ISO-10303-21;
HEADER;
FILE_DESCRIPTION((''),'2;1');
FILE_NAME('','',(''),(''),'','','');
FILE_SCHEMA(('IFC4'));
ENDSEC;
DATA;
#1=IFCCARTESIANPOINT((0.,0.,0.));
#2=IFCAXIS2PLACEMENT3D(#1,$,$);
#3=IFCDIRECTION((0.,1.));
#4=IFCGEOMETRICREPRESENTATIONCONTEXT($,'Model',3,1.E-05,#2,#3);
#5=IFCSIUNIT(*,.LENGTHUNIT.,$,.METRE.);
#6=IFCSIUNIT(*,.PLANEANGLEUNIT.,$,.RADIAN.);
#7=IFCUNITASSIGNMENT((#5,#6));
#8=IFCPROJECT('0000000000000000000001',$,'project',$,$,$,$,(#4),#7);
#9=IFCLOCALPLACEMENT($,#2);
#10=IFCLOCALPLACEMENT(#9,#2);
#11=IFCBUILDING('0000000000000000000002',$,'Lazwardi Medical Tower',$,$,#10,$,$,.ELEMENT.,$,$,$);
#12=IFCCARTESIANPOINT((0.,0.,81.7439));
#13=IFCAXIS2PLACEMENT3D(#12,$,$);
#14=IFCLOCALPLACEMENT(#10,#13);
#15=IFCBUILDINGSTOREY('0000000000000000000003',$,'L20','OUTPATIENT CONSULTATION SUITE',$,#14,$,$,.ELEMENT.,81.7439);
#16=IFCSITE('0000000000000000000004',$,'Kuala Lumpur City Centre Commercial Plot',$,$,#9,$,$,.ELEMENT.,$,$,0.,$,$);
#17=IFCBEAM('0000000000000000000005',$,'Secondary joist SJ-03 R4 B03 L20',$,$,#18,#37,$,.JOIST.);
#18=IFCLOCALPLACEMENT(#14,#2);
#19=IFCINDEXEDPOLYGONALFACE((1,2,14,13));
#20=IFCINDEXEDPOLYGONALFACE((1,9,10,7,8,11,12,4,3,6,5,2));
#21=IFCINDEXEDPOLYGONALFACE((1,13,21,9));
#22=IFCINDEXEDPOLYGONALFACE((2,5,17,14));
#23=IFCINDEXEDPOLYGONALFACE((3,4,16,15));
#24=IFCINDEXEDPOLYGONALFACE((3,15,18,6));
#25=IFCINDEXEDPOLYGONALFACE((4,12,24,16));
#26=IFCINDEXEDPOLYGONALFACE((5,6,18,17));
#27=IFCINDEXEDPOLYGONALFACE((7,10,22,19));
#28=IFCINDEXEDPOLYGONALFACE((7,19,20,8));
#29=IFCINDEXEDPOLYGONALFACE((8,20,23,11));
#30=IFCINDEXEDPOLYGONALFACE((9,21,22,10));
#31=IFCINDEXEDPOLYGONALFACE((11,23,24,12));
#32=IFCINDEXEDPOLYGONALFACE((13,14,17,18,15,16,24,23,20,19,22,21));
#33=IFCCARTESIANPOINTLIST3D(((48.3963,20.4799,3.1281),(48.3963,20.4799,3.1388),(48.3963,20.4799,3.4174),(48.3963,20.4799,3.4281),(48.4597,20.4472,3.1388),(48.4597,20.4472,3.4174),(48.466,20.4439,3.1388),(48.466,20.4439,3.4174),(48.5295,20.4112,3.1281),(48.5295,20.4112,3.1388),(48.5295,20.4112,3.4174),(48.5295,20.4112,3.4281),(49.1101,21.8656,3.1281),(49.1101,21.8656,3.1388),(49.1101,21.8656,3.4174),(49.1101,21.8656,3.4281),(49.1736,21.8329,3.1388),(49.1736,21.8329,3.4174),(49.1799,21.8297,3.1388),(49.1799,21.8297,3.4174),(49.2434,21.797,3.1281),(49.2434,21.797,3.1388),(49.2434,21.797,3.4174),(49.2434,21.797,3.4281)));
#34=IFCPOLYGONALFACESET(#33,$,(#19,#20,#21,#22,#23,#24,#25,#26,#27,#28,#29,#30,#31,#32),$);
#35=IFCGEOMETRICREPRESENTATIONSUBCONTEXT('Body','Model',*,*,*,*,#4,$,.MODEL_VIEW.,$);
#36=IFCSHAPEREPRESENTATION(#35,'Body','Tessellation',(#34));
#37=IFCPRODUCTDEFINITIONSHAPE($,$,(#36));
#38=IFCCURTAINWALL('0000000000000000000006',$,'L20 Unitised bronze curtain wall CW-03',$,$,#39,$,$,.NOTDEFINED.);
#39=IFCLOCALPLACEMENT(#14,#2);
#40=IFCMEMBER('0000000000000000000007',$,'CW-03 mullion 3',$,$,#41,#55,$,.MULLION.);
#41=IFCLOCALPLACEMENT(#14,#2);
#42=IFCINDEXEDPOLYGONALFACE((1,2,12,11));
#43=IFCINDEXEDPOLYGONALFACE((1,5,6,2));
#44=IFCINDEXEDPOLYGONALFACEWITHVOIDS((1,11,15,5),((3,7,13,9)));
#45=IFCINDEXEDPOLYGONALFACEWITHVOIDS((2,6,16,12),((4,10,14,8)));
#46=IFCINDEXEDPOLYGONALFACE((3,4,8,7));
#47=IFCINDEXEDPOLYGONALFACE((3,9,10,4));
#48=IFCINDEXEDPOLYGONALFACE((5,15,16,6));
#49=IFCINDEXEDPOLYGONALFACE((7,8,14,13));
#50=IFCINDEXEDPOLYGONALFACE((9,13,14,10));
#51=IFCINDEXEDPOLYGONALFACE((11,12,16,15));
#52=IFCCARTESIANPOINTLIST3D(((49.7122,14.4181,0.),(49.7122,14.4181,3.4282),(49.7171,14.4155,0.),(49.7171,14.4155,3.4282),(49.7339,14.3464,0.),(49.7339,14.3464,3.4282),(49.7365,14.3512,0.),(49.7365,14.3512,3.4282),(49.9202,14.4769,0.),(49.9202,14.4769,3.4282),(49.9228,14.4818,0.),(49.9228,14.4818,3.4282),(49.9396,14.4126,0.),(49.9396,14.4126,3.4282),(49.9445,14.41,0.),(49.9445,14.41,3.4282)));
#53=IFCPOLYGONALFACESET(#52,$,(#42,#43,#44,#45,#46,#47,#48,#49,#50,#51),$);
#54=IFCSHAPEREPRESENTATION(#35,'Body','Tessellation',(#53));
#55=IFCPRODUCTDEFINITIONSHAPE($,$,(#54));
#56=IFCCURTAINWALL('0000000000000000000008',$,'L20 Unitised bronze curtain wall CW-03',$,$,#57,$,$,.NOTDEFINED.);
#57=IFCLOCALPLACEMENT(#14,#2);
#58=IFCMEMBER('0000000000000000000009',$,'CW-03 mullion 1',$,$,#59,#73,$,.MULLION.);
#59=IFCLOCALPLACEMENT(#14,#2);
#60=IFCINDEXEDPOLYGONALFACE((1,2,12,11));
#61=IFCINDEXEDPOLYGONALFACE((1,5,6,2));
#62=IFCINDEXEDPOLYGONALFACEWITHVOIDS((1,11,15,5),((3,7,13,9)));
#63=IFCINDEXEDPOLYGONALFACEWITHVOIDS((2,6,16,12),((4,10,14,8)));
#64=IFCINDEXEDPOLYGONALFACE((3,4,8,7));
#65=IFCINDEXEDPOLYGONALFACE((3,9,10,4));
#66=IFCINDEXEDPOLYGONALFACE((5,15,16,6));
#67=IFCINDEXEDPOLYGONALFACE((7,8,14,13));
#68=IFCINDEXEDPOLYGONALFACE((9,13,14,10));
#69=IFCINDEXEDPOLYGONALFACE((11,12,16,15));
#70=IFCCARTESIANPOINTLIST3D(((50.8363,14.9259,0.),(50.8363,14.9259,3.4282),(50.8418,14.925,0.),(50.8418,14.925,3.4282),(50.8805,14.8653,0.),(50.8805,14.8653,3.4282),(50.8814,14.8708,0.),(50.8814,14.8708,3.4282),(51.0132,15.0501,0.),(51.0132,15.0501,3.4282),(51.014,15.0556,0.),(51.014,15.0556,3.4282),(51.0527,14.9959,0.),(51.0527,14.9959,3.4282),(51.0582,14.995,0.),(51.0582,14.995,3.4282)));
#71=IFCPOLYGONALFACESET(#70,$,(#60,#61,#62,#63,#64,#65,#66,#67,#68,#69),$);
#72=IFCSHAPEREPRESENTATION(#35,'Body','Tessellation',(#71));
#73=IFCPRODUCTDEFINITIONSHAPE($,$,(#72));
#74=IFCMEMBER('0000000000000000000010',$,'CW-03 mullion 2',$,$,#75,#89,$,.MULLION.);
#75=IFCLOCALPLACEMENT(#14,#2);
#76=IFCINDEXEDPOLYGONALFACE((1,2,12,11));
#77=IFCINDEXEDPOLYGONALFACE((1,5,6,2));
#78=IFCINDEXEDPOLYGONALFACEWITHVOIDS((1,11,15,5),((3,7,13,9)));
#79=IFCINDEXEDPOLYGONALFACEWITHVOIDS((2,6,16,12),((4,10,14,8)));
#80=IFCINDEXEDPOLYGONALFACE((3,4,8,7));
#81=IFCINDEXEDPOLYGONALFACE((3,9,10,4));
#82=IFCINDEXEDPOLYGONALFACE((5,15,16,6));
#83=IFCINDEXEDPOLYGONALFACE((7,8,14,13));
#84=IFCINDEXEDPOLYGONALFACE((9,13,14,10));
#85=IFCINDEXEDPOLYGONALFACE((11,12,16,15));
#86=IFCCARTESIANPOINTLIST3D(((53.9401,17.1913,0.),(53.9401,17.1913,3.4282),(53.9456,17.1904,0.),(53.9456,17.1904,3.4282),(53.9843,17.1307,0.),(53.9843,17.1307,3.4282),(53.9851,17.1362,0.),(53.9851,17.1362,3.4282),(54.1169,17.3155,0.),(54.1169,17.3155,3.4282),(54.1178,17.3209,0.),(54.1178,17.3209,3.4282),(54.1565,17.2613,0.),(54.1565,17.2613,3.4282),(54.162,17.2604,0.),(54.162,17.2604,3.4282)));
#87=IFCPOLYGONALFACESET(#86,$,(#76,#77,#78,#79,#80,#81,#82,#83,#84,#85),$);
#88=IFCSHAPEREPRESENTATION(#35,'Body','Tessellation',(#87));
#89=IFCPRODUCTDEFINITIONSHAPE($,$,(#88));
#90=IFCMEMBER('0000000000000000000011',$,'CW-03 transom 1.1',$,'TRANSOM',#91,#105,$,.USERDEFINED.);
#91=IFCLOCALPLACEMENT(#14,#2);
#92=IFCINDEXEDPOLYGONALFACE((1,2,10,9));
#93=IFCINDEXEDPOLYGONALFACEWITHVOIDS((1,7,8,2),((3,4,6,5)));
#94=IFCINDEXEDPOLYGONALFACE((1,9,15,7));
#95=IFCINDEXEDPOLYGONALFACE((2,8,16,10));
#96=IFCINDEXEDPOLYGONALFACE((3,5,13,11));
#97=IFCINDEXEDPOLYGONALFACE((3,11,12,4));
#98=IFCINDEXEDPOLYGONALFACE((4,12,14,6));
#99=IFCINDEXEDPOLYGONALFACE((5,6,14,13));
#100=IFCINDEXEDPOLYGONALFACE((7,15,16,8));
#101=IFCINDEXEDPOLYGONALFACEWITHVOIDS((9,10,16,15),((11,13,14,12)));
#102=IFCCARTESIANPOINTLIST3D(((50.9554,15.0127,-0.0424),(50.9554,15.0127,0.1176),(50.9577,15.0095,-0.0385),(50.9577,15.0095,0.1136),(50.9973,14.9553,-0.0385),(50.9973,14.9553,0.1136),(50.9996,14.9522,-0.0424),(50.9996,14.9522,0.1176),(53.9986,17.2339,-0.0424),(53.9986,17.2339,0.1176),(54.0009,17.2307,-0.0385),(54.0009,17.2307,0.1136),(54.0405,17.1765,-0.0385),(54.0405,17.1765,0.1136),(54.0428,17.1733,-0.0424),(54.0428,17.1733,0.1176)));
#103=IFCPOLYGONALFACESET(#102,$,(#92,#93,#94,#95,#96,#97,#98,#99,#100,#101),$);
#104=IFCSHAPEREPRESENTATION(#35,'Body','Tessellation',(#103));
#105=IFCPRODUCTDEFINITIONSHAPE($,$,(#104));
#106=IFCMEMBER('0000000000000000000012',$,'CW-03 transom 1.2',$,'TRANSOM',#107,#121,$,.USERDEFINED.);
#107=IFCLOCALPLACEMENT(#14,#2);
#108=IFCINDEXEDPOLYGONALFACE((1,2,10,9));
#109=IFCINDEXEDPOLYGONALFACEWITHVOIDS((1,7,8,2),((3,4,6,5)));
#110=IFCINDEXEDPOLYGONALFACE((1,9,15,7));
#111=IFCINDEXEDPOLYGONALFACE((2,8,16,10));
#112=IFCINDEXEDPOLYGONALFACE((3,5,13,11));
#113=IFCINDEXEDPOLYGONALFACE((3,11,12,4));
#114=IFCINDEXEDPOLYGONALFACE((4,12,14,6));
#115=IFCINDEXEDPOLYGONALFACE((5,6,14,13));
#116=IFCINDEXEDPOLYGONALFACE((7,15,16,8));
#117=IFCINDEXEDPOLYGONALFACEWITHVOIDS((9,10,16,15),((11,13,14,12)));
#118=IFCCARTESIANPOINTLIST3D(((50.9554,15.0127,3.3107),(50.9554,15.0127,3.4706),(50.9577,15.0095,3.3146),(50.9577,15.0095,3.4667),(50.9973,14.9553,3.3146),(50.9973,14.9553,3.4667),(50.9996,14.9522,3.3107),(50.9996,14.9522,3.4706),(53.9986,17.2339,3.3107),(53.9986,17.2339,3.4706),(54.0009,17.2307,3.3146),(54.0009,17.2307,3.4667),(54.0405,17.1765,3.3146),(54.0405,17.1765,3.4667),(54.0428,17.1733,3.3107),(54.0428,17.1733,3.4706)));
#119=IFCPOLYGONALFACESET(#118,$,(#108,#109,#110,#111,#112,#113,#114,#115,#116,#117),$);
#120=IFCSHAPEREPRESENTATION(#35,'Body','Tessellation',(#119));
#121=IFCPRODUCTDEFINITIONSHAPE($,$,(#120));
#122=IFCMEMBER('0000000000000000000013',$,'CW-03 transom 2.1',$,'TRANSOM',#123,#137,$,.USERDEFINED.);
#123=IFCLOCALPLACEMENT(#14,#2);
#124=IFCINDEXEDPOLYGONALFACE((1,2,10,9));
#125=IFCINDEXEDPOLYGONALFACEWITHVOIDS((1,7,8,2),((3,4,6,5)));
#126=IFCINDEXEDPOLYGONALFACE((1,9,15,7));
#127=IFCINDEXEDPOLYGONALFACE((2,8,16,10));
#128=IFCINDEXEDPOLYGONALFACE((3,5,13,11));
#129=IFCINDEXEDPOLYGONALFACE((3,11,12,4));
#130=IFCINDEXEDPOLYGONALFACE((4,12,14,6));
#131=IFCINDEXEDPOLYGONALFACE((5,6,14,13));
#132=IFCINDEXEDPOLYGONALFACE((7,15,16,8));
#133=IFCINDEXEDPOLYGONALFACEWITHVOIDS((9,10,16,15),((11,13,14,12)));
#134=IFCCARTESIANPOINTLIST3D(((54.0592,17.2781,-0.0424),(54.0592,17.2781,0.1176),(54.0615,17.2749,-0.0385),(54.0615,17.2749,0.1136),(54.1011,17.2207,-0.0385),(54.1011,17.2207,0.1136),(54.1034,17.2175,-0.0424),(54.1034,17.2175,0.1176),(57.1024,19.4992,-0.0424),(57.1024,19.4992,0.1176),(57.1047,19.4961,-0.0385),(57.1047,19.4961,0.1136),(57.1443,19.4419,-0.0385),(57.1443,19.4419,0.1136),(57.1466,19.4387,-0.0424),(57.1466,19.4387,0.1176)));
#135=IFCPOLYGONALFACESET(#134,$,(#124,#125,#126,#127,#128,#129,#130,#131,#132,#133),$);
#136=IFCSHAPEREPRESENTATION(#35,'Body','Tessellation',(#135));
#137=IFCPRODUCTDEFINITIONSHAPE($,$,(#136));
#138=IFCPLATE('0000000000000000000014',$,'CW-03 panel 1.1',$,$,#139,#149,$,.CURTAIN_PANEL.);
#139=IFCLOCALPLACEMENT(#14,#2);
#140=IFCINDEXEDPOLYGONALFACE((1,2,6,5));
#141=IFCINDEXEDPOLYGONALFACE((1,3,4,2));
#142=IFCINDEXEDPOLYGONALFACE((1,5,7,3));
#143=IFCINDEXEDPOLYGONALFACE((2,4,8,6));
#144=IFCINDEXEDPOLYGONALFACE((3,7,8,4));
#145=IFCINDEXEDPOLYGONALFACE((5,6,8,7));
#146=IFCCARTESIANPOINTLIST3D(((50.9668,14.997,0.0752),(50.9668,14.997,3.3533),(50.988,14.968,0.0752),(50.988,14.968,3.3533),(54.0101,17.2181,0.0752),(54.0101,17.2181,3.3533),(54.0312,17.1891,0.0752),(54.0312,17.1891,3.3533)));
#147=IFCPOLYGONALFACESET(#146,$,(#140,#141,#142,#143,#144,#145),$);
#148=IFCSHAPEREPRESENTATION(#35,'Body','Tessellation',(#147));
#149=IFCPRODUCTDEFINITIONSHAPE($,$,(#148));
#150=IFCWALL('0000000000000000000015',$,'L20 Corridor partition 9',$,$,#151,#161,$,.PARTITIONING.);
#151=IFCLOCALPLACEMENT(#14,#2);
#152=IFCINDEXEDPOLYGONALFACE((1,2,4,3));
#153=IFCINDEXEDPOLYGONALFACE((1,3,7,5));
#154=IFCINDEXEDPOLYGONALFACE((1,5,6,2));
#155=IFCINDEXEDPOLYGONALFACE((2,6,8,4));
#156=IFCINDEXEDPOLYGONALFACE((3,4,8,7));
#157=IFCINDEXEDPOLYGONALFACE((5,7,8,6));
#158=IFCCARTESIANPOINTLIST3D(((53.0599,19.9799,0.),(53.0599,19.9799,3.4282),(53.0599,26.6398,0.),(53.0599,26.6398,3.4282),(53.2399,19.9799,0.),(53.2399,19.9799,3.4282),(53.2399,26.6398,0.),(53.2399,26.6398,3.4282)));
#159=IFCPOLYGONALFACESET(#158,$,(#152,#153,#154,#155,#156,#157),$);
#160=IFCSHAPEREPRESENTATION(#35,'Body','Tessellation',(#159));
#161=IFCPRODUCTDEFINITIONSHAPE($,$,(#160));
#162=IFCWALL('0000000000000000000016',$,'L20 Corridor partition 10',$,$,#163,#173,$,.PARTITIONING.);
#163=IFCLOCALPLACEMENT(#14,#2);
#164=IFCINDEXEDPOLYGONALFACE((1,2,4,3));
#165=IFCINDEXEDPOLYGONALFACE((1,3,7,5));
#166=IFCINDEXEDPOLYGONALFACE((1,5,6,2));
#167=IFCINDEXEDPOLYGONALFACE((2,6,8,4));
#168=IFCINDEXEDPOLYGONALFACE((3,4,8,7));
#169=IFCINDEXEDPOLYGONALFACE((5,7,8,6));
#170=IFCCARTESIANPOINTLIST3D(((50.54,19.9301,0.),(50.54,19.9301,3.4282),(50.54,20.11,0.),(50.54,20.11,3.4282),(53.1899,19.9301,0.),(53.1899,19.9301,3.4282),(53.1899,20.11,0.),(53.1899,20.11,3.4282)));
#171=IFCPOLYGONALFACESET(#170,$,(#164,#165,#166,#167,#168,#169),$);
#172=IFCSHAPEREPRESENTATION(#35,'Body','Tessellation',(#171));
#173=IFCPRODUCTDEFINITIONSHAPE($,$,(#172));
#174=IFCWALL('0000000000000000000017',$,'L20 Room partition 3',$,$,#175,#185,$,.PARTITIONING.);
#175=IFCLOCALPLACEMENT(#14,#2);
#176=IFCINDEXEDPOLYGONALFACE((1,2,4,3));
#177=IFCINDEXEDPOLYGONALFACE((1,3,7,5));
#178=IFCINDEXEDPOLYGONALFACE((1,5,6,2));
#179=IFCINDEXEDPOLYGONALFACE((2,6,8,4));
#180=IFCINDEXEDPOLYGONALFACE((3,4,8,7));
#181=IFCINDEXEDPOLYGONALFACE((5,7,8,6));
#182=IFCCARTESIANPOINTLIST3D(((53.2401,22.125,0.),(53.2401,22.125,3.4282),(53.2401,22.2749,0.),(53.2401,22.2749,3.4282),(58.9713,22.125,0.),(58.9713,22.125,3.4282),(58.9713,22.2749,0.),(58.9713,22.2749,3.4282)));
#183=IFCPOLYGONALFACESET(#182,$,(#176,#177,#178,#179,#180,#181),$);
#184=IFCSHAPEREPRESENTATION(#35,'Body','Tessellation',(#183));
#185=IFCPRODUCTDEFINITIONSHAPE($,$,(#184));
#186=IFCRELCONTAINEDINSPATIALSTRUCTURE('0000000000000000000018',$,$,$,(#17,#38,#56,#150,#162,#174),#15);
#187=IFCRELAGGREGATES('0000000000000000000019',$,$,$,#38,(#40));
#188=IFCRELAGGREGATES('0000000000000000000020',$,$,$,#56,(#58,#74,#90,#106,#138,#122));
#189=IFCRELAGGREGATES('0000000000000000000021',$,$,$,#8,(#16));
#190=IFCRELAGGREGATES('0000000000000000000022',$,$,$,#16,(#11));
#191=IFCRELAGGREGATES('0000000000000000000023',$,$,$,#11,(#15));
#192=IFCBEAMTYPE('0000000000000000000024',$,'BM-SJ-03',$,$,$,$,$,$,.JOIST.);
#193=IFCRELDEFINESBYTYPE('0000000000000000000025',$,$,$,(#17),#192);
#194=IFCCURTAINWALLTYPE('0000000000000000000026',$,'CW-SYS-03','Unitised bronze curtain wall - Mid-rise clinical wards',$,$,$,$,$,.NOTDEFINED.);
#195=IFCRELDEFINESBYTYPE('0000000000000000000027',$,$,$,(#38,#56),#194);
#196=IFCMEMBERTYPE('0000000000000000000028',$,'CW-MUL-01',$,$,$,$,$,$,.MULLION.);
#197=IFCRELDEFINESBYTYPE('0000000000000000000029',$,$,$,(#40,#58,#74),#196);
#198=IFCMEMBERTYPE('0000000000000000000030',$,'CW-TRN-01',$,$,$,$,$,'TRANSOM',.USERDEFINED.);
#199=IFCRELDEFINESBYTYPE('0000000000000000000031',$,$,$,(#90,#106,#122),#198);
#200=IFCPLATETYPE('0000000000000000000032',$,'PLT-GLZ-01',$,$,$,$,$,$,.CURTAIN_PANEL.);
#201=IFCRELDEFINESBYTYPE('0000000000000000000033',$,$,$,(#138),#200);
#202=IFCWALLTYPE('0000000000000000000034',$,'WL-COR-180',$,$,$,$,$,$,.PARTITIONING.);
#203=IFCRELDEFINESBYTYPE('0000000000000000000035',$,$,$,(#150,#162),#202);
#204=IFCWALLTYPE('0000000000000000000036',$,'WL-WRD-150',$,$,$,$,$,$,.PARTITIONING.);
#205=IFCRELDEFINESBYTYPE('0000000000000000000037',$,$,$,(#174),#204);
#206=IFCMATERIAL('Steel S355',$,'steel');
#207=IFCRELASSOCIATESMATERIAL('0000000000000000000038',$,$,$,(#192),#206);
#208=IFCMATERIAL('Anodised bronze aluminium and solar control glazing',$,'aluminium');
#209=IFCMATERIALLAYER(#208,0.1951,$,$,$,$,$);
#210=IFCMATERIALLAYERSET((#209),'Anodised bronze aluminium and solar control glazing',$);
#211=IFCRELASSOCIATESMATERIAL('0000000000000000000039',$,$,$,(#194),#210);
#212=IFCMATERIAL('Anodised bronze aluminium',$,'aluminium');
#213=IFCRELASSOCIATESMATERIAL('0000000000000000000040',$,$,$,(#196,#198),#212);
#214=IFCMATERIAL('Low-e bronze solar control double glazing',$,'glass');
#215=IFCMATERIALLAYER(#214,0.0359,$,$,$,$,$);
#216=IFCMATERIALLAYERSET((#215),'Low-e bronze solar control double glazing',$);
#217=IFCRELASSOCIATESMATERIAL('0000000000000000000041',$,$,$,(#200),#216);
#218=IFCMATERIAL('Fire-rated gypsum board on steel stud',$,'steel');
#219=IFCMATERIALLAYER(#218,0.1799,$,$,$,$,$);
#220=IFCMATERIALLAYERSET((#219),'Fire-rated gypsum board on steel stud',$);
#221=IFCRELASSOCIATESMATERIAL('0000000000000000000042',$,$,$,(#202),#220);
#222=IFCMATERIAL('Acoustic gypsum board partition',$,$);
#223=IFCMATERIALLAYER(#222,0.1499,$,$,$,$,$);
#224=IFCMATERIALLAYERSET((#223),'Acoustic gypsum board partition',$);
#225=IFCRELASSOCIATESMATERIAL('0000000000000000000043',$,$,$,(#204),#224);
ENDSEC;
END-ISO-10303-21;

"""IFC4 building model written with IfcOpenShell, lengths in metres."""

from ifc_helpers import new_model, si_unit, direction, frame, frame_2d, origin, origin_2d, place, context, subcontext, project, spatial, rectangle, hollow_rectangle, i_section, extrude, material, layer, layer_set, material_profile, profile_set, type_object, element, aggregate, save


model = new_model("IFC4")

# Units and contexts
model_context = context("Model", 3, precision=1e-05, world=origin(), true_north=direction((0.0, 1.0)))
body_context = subcontext(model_context, "Body", "Model", "MODEL_VIEW")
ifc_project = project(units=[si_unit("LENGTHUNIT", "METRE"), si_unit("PLANEANGLEUNIT", "RADIAN")], contexts=[model_context])

# Site, building, storey
site_placement = place(None, origin())
site = spatial("IfcSite", under=ifc_project, at=site_placement, Name="Kuala Lumpur City Centre Commercial Plot", CompositionType="ELEMENT", RefElevation=0.0)
building_placement = place(site_placement, origin())
building = spatial("IfcBuilding", under=site, at=building_placement, Name="Lazwardi Medical Tower", CompositionType="ELEMENT")
storey_placement = place(building_placement, frame((0.0, 0.0, 81.7439)))
storey = spatial("IfcBuildingStorey", under=building, at=storey_placement, Name="L20", Description="OUTPATIENT CONSULTATION SUITE", CompositionType="ELEMENT", Elevation=81.7439)

# Beam
ifc_material_1 = material(Name="Steel S355", Category="steel")
ifc_material_profile_1 = material_profile(ifc_material_1, i_section(OverallWidth=0.1499, OverallDepth=0.3, WebThickness=0.0071, FlangeThickness=0.0107, at=origin_2d()), Name="IPE 300")
ifc_profile_set_1 = profile_set([ifc_material_profile_1], Name="Steel S355")
beam_type_1 = type_object("IfcBeamType", Name="BM-SJ-03", PredefinedType="JOIST", material=ifc_profile_set_1)
beam_1_placement = place(storey_placement, frame((48.4629, 20.4456, 3.2781), z_axis=(0.457957, 0.888975, 0.0), x_axis=(-0.888975, 0.457957, 0.0)))
element("IfcBeam", 1, at=beam_1_placement, inside=storey, type_object=beam_type_1, Name="Secondary joist SJ-03 R4 B03 L20", PredefinedType="JOIST", context=body_context, shape_type="SweptSolid", body=[
    extrude(i_section(OverallWidth=0.1499, OverallDepth=0.3, WebThickness=0.0071, FlangeThickness=0.0107, at=origin_2d()), origin(), (0.0, 0.0, 1.0), 1.5588),
])

# Curtain wall, member
ifc_material_2 = material(Name="Anodised bronze aluminium and solar control glazing", Category="aluminium")
ifc_layer_1 = layer(ifc_material_2, 0.1951)
ifc_layer_set_1 = layer_set([ifc_layer_1], Name="Anodised bronze aluminium and solar control glazing")
curtain_wall_type = type_object("IfcCurtainWallType", Name="CW-SYS-03", Description="Unitised bronze curtain wall - Mid-rise clinical wards", PredefinedType="NOTDEFINED", material=ifc_layer_set_1)
curtain_wall_1_placement = place(storey_placement, origin())
curtain_wall_1 = element("IfcCurtainWall", 2, at=curtain_wall_1_placement, inside=storey, type_object=curtain_wall_type, Name="L20 Unitised bronze curtain wall CW-03", PredefinedType="NOTDEFINED")
ifc_material_3 = material(Name="Anodised bronze aluminium", Category="aluminium")
ifc_material_profile_2 = material_profile(ifc_material_3, hollow_rectangle(XDim=0.075, YDim=0.22, WallThickness=0.0039, at=origin_2d()), Name="ALU-MULLION 220x75x4")
ifc_profile_set_2 = profile_set([ifc_material_profile_2], Name="Anodised bronze aluminium")
member_type_1 = type_object("IfcMemberType", Name="CW-MUL-01", PredefinedType="MULLION", material=ifc_profile_set_2)
member_1_placement = place(storey_placement, frame((49.8284, 14.4141, 0.0), z_axis=(0.0, 0.0, 1.0), x_axis=(-0.289374, 0.957216, 0.0)))
member_1 = element("IfcMember", 3, at=member_1_placement, type_object=member_type_1, Name="CW-03 mullion 3", PredefinedType="MULLION", context=body_context, shape_type="SweptSolid", body=[
    extrude(hollow_rectangle(XDim=0.075, YDim=0.22, WallThickness=0.0039, at=origin_2d()), origin(), (0.0, 0.0, 1.0), 3.4282),
])
aggregate(curtain_wall_1, [member_1])

# Curtain wall, members, plate
curtain_wall_2_placement = place(storey_placement, origin())
curtain_wall_2 = element("IfcCurtainWall", 4, at=curtain_wall_2_placement, inside=storey, type_object=curtain_wall_type, Name="L20 Unitised bronze curtain wall CW-03", PredefinedType="NOTDEFINED")
member_2_placement = place(storey_placement, frame((50.9473, 14.9604, 0.0), z_axis=(0.0, 0.0, 1.0), x_axis=(-0.589531, 0.807746, 0.0)))
member_2 = element("IfcMember", 5, at=member_2_placement, type_object=member_type_1, Name="CW-03 mullion 1", PredefinedType="MULLION", context=body_context, shape_type="SweptSolid", body=[
    extrude(hollow_rectangle(XDim=0.075, YDim=0.22, WallThickness=0.0039, at=origin_2d()), origin(), (0.0, 0.0, 1.0), 3.4282),
])
member_3_placement = place(storey_placement, frame((54.051, 17.2258, 0.0), z_axis=(0.0, 0.0, 1.0), x_axis=(-0.589531, 0.807746, 0.0)))
member_3 = element("IfcMember", 6, at=member_3_placement, type_object=member_type_1, Name="CW-03 mullion 2", PredefinedType="MULLION", context=body_context, shape_type="SweptSolid", body=[
    extrude(hollow_rectangle(XDim=0.075, YDim=0.22, WallThickness=0.0039, at=origin_2d()), origin(), (0.0, 0.0, 1.0), 3.4282),
])
ifc_material_profile_3 = material_profile(ifc_material_3, hollow_rectangle(XDim=0.075, YDim=0.1599, WallThickness=0.0039, at=origin_2d()), Name="ALU-TRANSOM 160x75x4")
ifc_profile_set_3 = profile_set([ifc_material_profile_3], Name="Anodised bronze aluminium")
member_type_2 = type_object("IfcMemberType", Name="CW-TRN-01", ElementType="TRANSOM", PredefinedType="USERDEFINED", material=ifc_profile_set_3)
member_4_placement = place(storey_placement, frame((50.9775, 14.9824, 0.0376), z_axis=(0.807732, 0.58955, 0.0), x_axis=(-0.58955, 0.807732, 0.0)))
member_4 = element("IfcMember", 7, at=member_4_placement, type_object=member_type_2, Name="CW-03 transom 1.1", ObjectType="TRANSOM", PredefinedType="USERDEFINED", context=body_context, shape_type="SweptSolid", body=[
    extrude(hollow_rectangle(XDim=0.075, YDim=0.1599, WallThickness=0.0039, at=origin_2d()), origin(), (0.0, 0.0, 1.0), 3.7676),
])
member_5_placement = place(storey_placement, frame((50.9775, 14.9824, 3.3906), z_axis=(0.807732, 0.58955, 0.0), x_axis=(-0.58955, 0.807732, 0.0)))
member_5 = element("IfcMember", 8, at=member_5_placement, type_object=member_type_2, Name="CW-03 transom 1.2", ObjectType="TRANSOM", PredefinedType="USERDEFINED", context=body_context, shape_type="SweptSolid", body=[
    extrude(hollow_rectangle(XDim=0.075, YDim=0.1599, WallThickness=0.0039, at=origin_2d()), origin(), (0.0, 0.0, 1.0), 3.7676),
])
member_6_placement = place(storey_placement, frame((54.0813, 17.2478, 0.0376), z_axis=(0.807732, 0.58955, 0.0), x_axis=(-0.58955, 0.807732, 0.0)))
member_6 = element("IfcMember", 9, at=member_6_placement, type_object=member_type_2, Name="CW-03 transom 2.1", ObjectType="TRANSOM", PredefinedType="USERDEFINED", context=body_context, shape_type="SweptSolid", body=[
    extrude(hollow_rectangle(XDim=0.075, YDim=0.1599, WallThickness=0.0039, at=origin_2d()), origin(), (0.0, 0.0, 1.0), 3.7676),
])
ifc_material_4 = material(Name="Low-e bronze solar control double glazing", Category="glass")
ifc_layer_2 = layer(ifc_material_4, 0.0359)
ifc_layer_set_2 = layer_set([ifc_layer_2], Name="Low-e bronze solar control double glazing")
plate_type = type_object("IfcPlateType", Name="PLT-GLZ-01", PredefinedType="CURTAIN_PANEL", material=ifc_layer_set_2)
plate_placement = place(storey_placement, frame((52.499, 16.093, 0.0752), z_axis=(0.0, 0.0, 1.0), x_axis=(0.807746, 0.589531, 0.0)))
plate = element("IfcPlate", 10, at=plate_placement, type_object=plate_type, Name="CW-03 panel 1.1", PredefinedType="CURTAIN_PANEL", context=body_context, shape_type="SweptSolid", body=[
    extrude(rectangle(XDim=3.7676, YDim=0.0359, at=origin_2d()), origin(), (0.0, 0.0, 1.0), 3.2781),
])
aggregate(curtain_wall_2, [member_2, member_3, member_4, member_5, plate, member_6])

# Walls
ifc_material_5 = material(Name="Fire-rated gypsum board on steel stud", Category="steel")
ifc_layer_3 = layer(ifc_material_5, 0.1799)
ifc_layer_set_3 = layer_set([ifc_layer_3], Name="Fire-rated gypsum board on steel stud")
wall_type_1 = type_object("IfcWallType", Name="WL-COR-180", PredefinedType="PARTITIONING", material=ifc_layer_set_3)
wall_1_placement = place(storey_placement, frame((53.1499, 26.6399, 0.0), z_axis=(0.0, 0.0, 1.0), x_axis=(0.0, -1.0, 0.0)))
element("IfcWall", 11, at=wall_1_placement, inside=storey, type_object=wall_type_1, Name="L20 Corridor partition 9", PredefinedType="PARTITIONING", context=body_context, shape_type="SweptSolid", body=[
    extrude(rectangle(XDim=6.6599, YDim=0.1799, at=frame_2d((3.3301, 0.0))), origin(), (0.0, 0.0, 1.0), 3.4282),
])
wall_2_placement = place(storey_placement, frame((53.1899, 20.02, 0.0), z_axis=(0.0, 0.0, 1.0), x_axis=(-1.0, 0.0, 0.0)))
element("IfcWall", 12, at=wall_2_placement, inside=storey, type_object=wall_type_1, Name="L20 Corridor partition 10", PredefinedType="PARTITIONING", context=body_context, shape_type="SweptSolid", body=[
    extrude(rectangle(XDim=2.6499, YDim=0.1799, at=frame_2d((1.325, 0.0))), origin(), (0.0, 0.0, 1.0), 3.4282),
])
ifc_material_6 = material(Name="Acoustic gypsum board partition")
ifc_layer_4 = layer(ifc_material_6, 0.1499)
ifc_layer_set_4 = layer_set([ifc_layer_4], Name="Acoustic gypsum board partition")
wall_type_2 = type_object("IfcWallType", Name="WL-WRD-150", PredefinedType="PARTITIONING", material=ifc_layer_set_4)
wall_3_placement = place(storey_placement, frame((53.24, 22.2, 0.0), z_axis=(0.0, 0.0, 1.0), x_axis=(1.0, 0.0, 0.0)))
element("IfcWall", 13, at=wall_3_placement, inside=storey, type_object=wall_type_2, Name="L20 Room partition 3", PredefinedType="PARTITIONING", context=body_context, shape_type="SweptSolid", body=[
    extrude(rectangle(XDim=5.7312, YDim=0.1499, at=frame_2d((2.8657, 0.0))), origin(), (0.0, 0.0, 1.0), 3.4282),
])

save(model, "model.ifc")
